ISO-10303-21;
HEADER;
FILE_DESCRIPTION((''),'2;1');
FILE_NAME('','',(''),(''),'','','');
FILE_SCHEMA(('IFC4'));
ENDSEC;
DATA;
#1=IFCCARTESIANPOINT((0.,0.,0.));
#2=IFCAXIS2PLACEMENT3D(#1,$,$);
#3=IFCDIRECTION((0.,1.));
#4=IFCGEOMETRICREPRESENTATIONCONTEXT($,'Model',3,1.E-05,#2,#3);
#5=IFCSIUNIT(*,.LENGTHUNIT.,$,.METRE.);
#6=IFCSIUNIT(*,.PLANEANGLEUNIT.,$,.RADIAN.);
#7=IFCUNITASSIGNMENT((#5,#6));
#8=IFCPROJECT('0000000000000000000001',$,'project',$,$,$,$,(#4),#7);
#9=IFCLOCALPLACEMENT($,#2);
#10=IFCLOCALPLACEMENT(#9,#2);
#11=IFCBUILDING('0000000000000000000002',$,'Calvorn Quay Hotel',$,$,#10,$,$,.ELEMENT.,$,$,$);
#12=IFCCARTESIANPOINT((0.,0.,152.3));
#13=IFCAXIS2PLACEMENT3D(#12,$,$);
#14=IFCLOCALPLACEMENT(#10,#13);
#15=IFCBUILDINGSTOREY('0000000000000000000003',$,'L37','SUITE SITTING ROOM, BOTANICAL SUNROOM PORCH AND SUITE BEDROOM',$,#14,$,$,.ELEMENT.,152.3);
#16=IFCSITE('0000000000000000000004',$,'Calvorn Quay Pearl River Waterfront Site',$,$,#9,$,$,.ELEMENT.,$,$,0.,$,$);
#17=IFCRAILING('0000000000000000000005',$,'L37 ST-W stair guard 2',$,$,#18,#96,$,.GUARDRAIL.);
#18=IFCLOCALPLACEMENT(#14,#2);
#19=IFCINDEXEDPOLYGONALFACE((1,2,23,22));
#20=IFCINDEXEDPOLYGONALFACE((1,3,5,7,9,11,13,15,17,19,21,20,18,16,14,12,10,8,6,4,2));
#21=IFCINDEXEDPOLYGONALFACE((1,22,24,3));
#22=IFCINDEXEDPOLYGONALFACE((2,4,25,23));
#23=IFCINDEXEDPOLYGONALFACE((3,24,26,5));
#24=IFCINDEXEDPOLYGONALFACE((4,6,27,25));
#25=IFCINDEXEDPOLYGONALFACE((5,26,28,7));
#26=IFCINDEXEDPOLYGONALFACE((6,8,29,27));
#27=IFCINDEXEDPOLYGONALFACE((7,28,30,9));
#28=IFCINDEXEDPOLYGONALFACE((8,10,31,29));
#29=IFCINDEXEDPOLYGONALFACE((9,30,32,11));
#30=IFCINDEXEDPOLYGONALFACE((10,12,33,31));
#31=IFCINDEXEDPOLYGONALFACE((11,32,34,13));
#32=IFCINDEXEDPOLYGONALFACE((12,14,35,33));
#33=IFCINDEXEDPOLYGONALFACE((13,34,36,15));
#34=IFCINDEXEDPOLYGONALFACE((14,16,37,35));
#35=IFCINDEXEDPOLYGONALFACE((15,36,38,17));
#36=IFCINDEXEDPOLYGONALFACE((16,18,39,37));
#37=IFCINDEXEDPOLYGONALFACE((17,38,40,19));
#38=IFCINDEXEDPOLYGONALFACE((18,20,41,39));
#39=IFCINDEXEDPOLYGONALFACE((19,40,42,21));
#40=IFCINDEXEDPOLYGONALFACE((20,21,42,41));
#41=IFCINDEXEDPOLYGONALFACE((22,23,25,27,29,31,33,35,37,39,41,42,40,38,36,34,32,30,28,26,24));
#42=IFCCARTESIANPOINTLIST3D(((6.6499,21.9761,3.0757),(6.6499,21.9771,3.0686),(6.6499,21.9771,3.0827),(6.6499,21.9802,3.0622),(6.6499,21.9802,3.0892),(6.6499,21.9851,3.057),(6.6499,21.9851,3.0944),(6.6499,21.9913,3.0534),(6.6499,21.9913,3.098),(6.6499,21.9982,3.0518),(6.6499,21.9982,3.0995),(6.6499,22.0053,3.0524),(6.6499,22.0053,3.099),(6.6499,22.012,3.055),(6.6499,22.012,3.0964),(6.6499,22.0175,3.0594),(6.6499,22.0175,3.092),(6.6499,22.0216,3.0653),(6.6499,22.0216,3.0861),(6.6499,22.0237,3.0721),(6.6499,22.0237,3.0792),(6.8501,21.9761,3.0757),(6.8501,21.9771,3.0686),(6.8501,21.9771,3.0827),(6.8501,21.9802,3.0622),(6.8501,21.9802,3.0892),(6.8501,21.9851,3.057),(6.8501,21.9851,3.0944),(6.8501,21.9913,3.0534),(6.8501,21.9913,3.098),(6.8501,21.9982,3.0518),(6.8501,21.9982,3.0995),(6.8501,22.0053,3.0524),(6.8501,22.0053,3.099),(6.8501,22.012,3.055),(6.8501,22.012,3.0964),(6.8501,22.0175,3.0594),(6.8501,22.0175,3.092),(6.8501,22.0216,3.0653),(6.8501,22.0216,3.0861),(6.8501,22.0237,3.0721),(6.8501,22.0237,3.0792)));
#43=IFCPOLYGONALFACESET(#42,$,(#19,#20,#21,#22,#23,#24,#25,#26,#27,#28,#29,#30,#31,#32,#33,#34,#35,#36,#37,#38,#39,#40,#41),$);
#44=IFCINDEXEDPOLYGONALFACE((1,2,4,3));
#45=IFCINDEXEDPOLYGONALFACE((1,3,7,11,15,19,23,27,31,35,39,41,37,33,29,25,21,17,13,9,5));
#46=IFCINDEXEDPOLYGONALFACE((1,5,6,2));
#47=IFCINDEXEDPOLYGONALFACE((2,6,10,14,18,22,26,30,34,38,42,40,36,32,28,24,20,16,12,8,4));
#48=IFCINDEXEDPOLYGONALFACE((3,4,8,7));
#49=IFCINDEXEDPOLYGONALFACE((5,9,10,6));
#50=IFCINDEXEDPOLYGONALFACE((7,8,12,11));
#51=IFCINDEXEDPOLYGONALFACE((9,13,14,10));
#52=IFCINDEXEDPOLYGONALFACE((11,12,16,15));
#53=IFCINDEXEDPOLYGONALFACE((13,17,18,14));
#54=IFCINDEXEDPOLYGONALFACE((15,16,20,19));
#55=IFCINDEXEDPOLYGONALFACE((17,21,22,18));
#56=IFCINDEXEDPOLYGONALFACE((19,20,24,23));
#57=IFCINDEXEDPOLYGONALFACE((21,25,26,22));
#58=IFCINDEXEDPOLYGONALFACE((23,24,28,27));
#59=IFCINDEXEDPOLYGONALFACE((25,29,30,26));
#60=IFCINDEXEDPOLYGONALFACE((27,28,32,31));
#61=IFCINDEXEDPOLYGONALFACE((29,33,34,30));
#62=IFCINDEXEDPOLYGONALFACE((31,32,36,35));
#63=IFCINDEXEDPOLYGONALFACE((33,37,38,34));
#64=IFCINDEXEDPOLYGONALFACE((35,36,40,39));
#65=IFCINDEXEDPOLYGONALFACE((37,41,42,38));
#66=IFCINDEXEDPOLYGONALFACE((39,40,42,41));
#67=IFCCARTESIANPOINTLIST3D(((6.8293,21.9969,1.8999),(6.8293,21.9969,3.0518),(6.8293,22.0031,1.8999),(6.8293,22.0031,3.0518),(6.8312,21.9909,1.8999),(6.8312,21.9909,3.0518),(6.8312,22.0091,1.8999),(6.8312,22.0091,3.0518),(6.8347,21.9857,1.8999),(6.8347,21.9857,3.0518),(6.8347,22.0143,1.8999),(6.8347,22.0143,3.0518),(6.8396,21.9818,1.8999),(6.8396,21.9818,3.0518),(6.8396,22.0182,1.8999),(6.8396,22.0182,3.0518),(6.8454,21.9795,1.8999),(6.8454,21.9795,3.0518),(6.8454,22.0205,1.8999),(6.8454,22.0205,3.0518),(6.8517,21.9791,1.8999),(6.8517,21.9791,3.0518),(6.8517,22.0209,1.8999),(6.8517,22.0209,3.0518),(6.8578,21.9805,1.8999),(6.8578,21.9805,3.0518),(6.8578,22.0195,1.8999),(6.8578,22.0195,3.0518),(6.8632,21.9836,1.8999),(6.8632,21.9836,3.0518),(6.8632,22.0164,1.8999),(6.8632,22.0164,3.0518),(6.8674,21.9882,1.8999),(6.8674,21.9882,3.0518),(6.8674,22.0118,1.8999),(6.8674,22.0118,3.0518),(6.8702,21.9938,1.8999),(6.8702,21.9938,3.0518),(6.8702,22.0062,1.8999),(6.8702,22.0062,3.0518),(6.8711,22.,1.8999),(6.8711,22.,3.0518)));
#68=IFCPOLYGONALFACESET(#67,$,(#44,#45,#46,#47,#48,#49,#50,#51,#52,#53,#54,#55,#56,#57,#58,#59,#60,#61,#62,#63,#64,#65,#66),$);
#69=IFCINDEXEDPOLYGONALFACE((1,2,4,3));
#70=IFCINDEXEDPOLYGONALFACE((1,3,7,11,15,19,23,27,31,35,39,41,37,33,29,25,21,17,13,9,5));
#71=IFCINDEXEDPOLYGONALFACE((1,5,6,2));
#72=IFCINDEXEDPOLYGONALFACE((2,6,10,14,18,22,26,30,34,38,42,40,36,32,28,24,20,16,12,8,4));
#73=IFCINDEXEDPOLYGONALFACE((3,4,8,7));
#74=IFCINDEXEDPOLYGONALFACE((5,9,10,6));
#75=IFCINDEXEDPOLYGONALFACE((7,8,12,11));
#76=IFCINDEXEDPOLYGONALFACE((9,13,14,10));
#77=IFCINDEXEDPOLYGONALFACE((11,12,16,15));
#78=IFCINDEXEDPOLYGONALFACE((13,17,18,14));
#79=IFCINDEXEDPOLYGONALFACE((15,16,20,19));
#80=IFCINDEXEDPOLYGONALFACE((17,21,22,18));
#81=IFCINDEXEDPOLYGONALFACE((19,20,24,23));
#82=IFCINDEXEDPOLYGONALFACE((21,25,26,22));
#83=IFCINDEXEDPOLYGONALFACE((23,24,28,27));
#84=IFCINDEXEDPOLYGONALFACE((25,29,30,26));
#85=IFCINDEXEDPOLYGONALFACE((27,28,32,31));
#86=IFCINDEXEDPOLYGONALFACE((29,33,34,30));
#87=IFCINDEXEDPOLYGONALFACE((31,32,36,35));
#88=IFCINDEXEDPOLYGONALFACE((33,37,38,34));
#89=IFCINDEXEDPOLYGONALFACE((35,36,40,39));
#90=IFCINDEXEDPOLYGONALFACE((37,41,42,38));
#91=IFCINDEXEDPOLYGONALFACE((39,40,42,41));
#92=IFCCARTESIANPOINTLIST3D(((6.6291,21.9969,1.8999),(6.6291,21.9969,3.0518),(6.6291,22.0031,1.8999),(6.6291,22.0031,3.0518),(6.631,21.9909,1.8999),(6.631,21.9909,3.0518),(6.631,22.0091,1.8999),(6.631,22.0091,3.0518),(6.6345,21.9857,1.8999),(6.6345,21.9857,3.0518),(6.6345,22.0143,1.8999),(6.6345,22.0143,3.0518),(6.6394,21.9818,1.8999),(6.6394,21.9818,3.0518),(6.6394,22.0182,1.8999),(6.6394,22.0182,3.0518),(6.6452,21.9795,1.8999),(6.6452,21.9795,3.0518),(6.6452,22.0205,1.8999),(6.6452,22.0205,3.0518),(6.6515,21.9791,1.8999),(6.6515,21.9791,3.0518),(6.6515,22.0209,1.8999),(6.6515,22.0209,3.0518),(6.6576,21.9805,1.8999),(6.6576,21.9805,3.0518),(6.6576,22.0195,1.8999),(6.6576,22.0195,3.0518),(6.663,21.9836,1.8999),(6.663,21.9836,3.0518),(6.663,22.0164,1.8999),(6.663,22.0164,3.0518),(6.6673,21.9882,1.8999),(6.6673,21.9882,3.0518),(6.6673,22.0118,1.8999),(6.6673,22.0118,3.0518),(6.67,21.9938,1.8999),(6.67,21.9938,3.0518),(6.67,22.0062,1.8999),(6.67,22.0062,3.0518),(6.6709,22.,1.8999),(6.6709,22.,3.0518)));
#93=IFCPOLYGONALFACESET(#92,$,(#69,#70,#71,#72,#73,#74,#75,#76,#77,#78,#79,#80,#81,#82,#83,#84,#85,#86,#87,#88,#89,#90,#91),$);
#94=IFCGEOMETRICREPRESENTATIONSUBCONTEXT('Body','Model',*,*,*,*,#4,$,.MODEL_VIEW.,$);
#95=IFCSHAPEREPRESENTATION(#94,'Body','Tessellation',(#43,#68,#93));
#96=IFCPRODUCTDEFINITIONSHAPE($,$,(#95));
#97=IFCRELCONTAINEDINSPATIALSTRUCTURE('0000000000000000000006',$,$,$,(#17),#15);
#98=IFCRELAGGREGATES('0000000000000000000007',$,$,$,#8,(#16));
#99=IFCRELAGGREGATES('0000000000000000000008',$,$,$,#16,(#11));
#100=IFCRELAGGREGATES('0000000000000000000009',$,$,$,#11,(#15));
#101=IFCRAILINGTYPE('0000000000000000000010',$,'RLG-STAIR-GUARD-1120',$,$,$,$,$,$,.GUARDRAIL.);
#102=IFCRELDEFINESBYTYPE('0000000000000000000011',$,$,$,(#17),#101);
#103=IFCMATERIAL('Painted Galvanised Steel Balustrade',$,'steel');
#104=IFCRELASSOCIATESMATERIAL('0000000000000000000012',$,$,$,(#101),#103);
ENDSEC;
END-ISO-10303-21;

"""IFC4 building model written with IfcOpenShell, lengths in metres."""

from ifc_helpers import new_model, si_unit, direction, frame, origin, origin_2d, place, context, subcontext, project, spatial, circle, extrude, material, type_object, element, save


model = new_model("IFC4")

# Units and contexts
model_context = context("Model", 3, precision=1e-05, world=origin(), true_north=direction((0.0, 1.0)))
body_context = subcontext(model_context, "Body", "Model", "MODEL_VIEW")
ifc_project = project(units=[si_unit("LENGTHUNIT", "METRE"), si_unit("PLANEANGLEUNIT", "RADIAN")], contexts=[model_context])

# Site, building, storey
site_placement = place(None, origin())
site = spatial("IfcSite", under=ifc_project, at=site_placement, Name="Calvorn Quay Pearl River Waterfront Site", CompositionType="ELEMENT", RefElevation=0.0)
building_placement = place(site_placement, origin())
building = spatial("IfcBuilding", under=site, at=building_placement, Name="Calvorn Quay Hotel", CompositionType="ELEMENT")
storey_placement = place(building_placement, frame((0.0, 0.0, 152.3)))
storey = spatial("IfcBuildingStorey", under=building, at=storey_placement, Name="L37", Description="SUITE SITTING ROOM, BOTANICAL SUNROOM PORCH AND SUITE BEDROOM", CompositionType="ELEMENT", Elevation=152.3)

# Railing
ifc_material_1 = material(Name="Painted Galvanised Steel Balustrade", Category="steel")
railing_type_1 = type_object("IfcRailingType", Name="RLG-STAIR-GUARD-1120", PredefinedType="GUARDRAIL", material=ifc_material_1)
railing_1_placement = place(storey_placement, frame((6.8501, 22.0, 1.8999)))
element("IfcRailing", 1, at=railing_1_placement, inside=storey, type_object=railing_type_1, Name="L37 ST-W stair guard 2", PredefinedType="GUARDRAIL", context=body_context, shape_type="SweptSolid", body=[
    extrude(circle(Radius=0.0239, at=origin_2d()), frame((0.0, 0.0, 1.1758), z_axis=(-1.0, 0.0, 0.0), x_axis=(0.0, -1.0, 0.0)), (0.0, 0.0, 1.0), 0.2002),
    extrude(circle(Radius=0.021, at=origin_2d()), origin(), (0.0, 0.0, 1.0), 1.1519),
    extrude(circle(Radius=0.021, at=origin_2d()), frame((-0.2002, 0.0, 0.0)), (0.0, 0.0, 1.0), 1.1519),
])

save(model, "model.ifc")
